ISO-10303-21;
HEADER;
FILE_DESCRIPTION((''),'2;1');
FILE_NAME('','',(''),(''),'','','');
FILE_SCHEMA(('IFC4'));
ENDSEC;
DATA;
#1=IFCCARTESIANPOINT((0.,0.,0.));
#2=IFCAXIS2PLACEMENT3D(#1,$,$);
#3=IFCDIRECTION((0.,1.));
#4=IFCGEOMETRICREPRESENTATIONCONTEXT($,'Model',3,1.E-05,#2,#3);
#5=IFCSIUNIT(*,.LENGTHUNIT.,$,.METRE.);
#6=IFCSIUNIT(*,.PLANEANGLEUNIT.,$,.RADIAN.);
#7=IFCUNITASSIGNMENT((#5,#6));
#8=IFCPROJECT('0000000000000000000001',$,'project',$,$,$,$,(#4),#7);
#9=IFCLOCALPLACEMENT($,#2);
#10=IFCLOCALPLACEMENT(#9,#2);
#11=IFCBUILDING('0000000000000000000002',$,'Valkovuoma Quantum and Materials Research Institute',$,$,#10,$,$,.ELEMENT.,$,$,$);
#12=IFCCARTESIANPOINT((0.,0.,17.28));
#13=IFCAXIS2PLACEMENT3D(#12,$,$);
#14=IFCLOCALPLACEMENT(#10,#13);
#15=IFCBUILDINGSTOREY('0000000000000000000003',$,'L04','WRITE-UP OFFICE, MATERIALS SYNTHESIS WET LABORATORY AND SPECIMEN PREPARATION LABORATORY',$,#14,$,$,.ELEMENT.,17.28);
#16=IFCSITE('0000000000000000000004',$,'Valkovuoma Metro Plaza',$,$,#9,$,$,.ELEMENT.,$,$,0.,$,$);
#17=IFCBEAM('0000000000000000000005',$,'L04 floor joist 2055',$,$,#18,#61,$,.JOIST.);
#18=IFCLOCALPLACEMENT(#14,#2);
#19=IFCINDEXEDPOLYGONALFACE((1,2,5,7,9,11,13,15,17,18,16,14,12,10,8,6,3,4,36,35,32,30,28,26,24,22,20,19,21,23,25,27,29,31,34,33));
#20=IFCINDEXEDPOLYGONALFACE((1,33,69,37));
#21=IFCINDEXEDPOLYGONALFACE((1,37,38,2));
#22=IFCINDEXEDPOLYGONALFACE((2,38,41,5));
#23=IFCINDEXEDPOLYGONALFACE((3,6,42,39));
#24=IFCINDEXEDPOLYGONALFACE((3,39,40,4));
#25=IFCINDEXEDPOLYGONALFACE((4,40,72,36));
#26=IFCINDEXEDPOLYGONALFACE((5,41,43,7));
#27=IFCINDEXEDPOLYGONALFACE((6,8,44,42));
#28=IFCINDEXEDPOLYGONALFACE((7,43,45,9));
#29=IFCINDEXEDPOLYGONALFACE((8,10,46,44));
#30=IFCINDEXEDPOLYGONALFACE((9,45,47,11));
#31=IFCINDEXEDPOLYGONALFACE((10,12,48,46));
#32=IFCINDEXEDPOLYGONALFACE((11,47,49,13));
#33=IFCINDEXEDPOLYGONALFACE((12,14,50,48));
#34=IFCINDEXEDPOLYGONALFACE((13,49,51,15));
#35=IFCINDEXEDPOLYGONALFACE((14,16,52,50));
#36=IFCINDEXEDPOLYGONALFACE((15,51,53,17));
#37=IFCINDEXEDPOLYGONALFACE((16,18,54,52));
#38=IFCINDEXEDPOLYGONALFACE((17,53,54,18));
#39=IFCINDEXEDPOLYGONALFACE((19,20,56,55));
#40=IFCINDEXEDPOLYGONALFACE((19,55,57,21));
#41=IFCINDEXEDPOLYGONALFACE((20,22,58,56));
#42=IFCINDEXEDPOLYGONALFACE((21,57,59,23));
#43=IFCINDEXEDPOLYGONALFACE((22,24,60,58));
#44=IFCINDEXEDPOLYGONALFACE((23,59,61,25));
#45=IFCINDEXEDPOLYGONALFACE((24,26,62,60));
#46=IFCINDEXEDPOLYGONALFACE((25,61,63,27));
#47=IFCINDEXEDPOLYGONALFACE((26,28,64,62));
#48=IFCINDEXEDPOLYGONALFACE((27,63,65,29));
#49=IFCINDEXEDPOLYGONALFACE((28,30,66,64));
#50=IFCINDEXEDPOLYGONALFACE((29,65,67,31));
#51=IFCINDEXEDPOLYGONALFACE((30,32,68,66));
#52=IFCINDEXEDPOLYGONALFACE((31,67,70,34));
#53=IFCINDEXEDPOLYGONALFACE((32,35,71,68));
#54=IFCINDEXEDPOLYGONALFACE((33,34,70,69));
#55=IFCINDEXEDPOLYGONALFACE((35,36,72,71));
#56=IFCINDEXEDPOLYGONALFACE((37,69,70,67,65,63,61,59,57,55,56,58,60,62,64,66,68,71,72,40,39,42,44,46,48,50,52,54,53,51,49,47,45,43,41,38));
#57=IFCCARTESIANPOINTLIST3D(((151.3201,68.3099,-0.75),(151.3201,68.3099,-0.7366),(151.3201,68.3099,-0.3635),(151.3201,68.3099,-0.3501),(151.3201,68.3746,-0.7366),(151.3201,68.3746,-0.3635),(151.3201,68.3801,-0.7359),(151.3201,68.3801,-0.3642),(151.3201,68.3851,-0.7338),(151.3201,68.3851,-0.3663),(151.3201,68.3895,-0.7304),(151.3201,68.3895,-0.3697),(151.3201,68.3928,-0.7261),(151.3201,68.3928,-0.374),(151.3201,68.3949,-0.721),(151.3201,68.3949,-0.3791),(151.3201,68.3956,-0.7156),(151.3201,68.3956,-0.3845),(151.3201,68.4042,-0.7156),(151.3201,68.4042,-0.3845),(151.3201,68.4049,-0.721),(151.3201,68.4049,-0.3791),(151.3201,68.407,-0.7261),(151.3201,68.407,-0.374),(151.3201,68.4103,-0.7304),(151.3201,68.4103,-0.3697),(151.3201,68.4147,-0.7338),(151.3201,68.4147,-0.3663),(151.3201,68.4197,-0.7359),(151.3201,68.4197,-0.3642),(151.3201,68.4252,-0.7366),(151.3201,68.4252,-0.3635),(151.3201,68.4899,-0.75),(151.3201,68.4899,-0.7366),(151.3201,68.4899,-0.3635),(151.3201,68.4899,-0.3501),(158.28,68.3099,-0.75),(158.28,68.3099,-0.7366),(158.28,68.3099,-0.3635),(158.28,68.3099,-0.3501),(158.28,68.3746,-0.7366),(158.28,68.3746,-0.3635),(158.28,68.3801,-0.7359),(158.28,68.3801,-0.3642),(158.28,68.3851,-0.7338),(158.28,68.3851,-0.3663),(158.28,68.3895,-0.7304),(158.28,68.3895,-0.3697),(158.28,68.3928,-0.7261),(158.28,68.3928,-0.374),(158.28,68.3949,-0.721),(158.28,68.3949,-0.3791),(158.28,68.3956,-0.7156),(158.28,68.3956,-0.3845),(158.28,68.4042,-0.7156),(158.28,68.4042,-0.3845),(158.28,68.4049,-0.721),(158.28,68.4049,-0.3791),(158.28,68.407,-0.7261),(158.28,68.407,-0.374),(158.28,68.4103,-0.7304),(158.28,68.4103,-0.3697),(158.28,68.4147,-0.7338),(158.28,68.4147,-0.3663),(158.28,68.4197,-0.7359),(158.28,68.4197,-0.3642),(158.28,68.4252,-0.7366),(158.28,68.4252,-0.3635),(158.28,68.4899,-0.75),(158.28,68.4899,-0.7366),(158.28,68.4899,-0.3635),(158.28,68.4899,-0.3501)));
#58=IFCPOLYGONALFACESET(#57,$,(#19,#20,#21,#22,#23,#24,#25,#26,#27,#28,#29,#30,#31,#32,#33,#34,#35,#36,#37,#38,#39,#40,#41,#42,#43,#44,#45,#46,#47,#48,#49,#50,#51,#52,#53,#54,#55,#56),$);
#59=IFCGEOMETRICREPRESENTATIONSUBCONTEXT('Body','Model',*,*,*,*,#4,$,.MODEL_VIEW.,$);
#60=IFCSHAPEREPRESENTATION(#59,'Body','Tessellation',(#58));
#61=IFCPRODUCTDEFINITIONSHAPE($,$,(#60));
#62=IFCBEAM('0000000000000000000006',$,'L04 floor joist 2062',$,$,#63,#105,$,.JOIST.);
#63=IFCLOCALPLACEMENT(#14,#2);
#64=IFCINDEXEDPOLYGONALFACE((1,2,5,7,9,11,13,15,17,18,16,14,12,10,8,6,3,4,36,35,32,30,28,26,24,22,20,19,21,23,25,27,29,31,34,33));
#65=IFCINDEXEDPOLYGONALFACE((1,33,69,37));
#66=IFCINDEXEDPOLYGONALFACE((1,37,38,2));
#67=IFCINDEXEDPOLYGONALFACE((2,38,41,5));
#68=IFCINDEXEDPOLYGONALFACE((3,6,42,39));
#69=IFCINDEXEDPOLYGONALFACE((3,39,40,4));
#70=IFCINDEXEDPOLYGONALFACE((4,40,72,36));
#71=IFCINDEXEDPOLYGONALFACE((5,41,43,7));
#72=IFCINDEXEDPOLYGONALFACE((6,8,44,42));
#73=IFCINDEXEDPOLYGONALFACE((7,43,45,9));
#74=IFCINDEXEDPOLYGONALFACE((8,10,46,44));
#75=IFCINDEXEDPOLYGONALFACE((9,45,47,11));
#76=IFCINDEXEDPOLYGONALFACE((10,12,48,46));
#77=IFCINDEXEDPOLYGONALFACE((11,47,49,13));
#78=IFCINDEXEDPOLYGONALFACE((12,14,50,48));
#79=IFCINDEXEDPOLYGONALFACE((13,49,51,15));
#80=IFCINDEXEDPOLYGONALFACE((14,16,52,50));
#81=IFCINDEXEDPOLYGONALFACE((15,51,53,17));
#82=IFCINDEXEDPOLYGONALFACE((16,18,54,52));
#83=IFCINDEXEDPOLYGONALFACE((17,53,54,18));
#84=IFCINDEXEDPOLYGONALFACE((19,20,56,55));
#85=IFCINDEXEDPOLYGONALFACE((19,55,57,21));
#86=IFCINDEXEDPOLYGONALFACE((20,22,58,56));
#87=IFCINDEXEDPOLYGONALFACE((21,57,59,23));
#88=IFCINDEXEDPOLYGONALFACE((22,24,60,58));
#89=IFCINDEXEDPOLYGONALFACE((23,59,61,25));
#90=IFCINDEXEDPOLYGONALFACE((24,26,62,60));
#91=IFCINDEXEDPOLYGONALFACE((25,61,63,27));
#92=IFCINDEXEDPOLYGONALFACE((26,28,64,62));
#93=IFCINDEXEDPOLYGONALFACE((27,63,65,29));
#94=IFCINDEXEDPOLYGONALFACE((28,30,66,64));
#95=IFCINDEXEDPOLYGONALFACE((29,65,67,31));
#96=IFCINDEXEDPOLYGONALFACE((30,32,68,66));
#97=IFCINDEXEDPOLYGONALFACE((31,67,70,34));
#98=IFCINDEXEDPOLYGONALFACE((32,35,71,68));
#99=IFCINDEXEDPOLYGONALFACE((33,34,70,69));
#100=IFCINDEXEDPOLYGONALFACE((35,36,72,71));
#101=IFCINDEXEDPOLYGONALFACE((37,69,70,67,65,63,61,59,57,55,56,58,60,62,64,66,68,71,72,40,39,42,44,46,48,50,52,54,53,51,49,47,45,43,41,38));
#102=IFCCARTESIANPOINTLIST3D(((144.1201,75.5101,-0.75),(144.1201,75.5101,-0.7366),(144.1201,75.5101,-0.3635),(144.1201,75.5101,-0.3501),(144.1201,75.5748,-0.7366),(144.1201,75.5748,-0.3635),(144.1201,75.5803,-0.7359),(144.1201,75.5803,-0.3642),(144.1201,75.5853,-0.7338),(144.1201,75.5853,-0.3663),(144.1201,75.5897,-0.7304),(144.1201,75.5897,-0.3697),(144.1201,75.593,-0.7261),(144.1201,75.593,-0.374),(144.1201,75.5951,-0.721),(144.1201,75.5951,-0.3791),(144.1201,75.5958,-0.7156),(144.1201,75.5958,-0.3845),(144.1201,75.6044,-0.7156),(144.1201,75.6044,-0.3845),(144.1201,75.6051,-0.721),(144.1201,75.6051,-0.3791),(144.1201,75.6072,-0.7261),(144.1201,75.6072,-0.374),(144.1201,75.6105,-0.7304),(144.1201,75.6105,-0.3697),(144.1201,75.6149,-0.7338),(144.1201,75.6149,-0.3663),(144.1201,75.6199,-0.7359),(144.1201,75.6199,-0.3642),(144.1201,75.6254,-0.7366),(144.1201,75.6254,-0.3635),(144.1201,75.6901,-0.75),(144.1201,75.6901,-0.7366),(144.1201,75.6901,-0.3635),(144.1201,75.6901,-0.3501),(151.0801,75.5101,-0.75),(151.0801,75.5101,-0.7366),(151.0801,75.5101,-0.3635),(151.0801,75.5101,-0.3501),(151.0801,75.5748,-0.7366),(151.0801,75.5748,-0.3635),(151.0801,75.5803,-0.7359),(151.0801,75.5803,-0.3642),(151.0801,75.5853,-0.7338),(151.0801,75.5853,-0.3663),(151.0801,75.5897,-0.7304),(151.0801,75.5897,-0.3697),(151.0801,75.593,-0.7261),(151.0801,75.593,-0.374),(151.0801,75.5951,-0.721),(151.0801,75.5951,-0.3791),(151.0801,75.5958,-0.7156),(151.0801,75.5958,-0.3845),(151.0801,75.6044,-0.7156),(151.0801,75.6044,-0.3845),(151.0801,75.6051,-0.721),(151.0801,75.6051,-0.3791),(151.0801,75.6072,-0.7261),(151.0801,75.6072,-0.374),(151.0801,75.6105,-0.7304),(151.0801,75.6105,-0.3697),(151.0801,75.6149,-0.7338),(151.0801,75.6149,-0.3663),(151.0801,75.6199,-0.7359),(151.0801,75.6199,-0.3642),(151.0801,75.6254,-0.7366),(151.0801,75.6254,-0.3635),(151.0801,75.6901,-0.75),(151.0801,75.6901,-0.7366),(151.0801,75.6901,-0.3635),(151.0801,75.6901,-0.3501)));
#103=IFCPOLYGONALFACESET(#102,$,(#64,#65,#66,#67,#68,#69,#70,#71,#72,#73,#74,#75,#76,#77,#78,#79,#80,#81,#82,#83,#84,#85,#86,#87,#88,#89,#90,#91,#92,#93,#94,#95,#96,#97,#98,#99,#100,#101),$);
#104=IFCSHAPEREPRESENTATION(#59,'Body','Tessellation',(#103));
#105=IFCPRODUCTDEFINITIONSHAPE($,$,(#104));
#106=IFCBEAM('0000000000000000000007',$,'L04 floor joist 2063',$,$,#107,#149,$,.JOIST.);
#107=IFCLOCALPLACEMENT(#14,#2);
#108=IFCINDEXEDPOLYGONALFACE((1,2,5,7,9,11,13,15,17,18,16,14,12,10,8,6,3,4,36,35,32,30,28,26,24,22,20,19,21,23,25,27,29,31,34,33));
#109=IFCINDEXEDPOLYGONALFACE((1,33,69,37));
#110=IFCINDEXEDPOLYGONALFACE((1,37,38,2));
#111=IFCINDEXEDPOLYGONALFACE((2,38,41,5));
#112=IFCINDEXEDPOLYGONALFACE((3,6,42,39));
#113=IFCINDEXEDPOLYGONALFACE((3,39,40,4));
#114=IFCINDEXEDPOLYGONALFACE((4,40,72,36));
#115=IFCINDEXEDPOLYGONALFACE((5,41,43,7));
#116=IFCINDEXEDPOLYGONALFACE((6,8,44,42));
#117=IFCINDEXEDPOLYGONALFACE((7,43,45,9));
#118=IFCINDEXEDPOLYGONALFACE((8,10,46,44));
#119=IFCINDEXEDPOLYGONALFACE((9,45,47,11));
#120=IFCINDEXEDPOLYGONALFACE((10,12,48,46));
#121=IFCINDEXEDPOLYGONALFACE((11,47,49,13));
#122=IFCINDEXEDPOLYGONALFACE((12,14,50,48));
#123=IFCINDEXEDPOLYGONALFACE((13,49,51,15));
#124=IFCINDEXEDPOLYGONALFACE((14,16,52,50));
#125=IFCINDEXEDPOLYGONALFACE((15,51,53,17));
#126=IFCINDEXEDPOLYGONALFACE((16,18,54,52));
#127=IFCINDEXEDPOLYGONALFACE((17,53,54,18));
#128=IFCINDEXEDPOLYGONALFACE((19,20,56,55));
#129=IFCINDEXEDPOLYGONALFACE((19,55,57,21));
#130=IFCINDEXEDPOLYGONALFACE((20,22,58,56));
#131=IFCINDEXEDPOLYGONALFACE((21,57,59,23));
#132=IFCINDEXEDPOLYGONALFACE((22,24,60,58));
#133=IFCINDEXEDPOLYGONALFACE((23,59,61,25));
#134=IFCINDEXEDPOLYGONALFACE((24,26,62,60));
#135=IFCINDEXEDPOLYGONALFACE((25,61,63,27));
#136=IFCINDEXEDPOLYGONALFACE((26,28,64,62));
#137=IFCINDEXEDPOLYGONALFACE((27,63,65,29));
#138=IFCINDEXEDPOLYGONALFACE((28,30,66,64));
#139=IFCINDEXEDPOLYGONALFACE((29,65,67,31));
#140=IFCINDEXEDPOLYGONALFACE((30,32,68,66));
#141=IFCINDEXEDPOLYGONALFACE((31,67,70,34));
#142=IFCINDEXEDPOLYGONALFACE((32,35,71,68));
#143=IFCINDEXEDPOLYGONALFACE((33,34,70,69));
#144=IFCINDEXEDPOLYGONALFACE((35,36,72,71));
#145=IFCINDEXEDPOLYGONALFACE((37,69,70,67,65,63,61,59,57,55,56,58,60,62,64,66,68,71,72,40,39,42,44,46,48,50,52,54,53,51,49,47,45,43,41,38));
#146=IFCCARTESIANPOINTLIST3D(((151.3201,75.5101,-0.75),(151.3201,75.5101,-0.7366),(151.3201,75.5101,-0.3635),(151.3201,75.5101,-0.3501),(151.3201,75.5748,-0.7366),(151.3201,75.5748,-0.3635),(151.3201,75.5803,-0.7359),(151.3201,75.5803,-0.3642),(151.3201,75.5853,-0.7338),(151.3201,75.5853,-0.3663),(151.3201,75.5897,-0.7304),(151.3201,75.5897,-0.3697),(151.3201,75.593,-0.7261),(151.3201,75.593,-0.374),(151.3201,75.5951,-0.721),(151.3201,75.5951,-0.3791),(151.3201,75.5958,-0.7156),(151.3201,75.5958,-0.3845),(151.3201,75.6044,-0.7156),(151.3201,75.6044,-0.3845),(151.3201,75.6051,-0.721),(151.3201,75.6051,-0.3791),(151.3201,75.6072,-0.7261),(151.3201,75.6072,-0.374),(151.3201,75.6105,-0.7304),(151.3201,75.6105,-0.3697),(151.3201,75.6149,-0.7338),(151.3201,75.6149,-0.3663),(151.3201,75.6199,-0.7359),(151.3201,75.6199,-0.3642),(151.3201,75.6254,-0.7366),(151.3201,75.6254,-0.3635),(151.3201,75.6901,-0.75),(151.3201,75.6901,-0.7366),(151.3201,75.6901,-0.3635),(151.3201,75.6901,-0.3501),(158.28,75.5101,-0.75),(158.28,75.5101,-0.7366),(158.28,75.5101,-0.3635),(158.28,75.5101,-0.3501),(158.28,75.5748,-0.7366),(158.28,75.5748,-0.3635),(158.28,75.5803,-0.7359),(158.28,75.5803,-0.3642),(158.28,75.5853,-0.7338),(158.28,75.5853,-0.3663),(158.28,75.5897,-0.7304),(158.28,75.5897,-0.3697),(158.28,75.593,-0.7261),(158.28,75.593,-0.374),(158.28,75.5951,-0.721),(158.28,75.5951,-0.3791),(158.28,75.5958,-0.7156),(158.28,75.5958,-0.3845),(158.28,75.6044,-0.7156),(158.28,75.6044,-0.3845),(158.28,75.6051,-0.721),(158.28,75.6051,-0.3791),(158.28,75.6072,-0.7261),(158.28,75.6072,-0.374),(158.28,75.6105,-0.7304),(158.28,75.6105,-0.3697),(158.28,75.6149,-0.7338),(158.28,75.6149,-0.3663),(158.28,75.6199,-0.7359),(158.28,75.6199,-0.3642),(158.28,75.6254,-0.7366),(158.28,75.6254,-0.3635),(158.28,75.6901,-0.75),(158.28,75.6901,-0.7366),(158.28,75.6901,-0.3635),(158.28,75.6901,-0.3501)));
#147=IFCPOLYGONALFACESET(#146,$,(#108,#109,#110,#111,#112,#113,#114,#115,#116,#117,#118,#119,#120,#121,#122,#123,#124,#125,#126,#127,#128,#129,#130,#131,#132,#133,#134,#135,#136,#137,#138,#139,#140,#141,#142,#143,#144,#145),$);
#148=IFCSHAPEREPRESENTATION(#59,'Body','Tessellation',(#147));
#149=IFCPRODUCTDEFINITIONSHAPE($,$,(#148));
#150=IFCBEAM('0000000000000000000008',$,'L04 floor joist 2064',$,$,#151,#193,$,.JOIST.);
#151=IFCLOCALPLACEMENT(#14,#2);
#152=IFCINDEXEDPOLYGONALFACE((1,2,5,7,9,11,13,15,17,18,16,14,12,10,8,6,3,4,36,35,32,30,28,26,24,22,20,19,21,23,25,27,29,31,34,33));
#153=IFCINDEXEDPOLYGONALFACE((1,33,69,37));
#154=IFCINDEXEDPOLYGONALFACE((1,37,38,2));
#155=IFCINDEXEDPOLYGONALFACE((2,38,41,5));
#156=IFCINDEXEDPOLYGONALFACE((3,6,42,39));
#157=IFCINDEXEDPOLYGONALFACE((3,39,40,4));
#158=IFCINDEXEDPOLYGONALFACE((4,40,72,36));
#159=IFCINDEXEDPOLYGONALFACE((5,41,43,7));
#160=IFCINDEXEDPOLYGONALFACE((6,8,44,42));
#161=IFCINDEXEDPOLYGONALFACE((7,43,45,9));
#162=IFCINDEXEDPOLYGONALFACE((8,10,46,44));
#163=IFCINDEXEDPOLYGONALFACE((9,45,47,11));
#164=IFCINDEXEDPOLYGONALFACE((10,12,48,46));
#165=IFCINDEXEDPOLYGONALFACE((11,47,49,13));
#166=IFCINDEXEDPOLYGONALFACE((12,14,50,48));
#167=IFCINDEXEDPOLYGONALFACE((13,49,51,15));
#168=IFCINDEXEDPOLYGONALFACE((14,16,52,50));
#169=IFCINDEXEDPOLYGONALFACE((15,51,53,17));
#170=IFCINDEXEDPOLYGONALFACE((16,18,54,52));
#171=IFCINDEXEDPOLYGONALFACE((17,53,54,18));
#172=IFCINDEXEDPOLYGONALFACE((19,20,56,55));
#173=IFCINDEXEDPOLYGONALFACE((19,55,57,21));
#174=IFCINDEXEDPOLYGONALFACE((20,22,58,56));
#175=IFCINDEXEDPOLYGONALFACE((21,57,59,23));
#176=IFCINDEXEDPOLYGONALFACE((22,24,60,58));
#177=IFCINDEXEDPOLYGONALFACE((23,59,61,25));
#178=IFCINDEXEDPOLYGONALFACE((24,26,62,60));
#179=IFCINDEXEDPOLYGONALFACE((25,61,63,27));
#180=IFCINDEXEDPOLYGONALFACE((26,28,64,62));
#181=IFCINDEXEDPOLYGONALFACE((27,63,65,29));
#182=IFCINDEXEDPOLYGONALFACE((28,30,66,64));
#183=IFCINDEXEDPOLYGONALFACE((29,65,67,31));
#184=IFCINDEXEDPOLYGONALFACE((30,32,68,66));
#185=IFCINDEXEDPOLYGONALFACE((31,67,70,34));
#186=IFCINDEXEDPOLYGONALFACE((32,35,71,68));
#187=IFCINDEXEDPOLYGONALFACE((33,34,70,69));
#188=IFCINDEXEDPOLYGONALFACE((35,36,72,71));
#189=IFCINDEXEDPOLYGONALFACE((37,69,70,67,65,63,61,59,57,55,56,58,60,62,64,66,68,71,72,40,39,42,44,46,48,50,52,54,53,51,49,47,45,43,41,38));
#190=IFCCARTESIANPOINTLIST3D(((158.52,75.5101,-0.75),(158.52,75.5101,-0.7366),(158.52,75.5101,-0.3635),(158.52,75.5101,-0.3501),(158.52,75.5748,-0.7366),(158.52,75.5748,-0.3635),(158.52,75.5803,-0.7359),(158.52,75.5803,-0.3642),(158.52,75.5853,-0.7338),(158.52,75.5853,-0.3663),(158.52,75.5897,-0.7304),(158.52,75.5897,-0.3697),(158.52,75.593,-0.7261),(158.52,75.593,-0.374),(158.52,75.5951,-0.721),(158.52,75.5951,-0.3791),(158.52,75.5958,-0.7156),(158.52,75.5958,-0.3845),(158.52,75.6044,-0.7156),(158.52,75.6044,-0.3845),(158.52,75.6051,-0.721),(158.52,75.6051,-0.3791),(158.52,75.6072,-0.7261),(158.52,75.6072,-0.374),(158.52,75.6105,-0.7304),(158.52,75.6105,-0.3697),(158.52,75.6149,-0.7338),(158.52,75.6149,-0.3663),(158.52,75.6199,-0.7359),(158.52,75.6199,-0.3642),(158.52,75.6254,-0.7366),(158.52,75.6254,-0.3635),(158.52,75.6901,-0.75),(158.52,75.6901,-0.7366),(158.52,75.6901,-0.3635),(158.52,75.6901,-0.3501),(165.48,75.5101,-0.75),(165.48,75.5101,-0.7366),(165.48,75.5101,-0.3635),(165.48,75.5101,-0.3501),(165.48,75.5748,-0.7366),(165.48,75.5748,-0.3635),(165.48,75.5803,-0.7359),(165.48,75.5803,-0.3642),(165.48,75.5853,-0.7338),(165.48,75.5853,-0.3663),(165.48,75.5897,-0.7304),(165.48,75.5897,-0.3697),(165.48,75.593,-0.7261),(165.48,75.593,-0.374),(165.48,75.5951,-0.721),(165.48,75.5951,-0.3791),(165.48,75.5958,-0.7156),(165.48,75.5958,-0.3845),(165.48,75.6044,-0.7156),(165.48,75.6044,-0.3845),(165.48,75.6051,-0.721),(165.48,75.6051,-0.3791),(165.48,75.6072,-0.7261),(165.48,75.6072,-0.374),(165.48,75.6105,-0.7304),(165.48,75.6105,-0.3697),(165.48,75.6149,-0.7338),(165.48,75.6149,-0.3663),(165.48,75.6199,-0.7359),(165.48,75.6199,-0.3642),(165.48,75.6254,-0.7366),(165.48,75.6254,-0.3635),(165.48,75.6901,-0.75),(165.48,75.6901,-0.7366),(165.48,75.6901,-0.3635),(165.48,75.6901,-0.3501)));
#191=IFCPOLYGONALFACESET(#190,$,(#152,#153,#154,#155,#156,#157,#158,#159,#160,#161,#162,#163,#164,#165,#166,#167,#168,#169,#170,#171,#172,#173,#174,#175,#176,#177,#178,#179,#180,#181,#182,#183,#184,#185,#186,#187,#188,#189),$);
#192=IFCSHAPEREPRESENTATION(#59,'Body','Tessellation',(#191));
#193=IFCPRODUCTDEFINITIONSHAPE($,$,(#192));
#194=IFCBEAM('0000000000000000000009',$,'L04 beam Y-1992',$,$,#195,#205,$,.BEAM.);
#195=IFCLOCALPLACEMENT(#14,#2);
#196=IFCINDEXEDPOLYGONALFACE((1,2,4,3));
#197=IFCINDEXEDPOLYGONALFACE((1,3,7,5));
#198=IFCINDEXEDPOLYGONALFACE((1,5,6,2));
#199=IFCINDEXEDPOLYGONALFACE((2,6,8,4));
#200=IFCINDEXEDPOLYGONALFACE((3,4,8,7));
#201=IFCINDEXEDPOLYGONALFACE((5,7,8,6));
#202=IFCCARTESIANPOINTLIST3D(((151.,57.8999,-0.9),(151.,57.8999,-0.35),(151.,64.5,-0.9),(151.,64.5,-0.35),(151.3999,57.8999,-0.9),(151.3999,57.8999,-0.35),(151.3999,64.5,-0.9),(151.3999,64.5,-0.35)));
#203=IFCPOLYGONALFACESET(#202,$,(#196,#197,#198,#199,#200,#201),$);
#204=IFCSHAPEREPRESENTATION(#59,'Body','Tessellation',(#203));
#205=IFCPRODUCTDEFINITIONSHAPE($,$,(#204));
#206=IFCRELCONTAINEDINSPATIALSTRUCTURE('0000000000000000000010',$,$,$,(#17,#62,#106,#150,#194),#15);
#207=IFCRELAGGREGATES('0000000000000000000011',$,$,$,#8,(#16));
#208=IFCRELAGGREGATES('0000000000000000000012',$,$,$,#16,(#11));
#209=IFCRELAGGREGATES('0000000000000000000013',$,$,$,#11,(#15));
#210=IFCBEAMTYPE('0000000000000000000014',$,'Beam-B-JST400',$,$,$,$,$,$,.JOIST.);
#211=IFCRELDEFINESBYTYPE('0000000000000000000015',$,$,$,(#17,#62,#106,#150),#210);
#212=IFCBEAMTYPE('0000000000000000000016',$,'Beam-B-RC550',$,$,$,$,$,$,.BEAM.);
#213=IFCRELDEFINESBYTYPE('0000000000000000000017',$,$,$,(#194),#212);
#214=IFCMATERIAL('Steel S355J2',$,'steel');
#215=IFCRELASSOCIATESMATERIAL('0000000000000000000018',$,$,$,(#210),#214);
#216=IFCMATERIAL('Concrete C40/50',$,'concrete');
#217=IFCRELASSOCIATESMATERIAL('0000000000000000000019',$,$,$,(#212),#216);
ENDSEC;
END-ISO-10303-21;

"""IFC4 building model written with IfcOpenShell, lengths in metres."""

from ifc_helpers import new_model, si_unit, direction, frame, origin, origin_2d, place, context, subcontext, project, spatial, rectangle, i_section, extrude, material, material_profile, profile_set, type_object, element, save


model = new_model("IFC4")

# Units and contexts
model_context = context("Model", 3, precision=1e-05, world=origin(), true_north=direction((0.0, 1.0)))
body_context = subcontext(model_context, "Body", "Model", "MODEL_VIEW")
ifc_project = project(units=[si_unit("LENGTHUNIT", "METRE"), si_unit("PLANEANGLEUNIT", "RADIAN")], contexts=[model_context])

# Site, building, storey
site_placement = place(None, origin())
site = spatial("IfcSite", under=ifc_project, at=site_placement, Name="Valkovuoma Metro Plaza", CompositionType="ELEMENT", RefElevation=0.0)
building_placement = place(site_placement, origin())
building = spatial("IfcBuilding", under=site, at=building_placement, Name="Valkovuoma Quantum and Materials Research Institute", CompositionType="ELEMENT")
storey_placement = place(building_placement, frame((0.0, 0.0, 17.28)))
storey = spatial("IfcBuildingStorey", under=building, at=storey_placement, Name="L04", Description="WRITE-UP OFFICE, MATERIALS SYNTHESIS WET LABORATORY AND SPECIMEN PREPARATION LABORATORY", CompositionType="ELEMENT", Elevation=17.28)

# Beams
ifc_material_1 = material(Name="Steel S355J2", Category="steel")
ifc_material_profile_1 = material_profile(ifc_material_1, i_section(OverallWidth=0.1799, OverallDepth=0.3999, WebThickness=0.0085, FlangeThickness=0.0134, FilletRadius=0.021, at=origin_2d()), Name="Steel S355J2")
ifc_profile_set_1 = profile_set([ifc_material_profile_1], Name="Steel S355J2")
beam_type_1 = type_object("IfcBeamType", Name="Beam-B-JST400", PredefinedType="JOIST", material=ifc_profile_set_1)
for number, where, z_axis, x_axis, name in (
    (1, (151.3201, 68.3999, -0.55), (1.0, 0.0, 0.0), (0.0, 1.0, 0.0), "L04 floor joist 2055"),
    (2, (144.1201, 75.6001, -0.55), (1.0, 0.0, 0.0), (0.0, 1.0, 0.0), "L04 floor joist 2062"),
    (3, (151.3201, 75.6001, -0.55), (1.0, 0.0, 0.0), (0.0, 1.0, 0.0), "L04 floor joist 2063"),
    (4, (158.52, 75.6001, -0.55), (1.0, 0.0, 0.0), (0.0, 1.0, 0.0), "L04 floor joist 2064"),
):
    element("IfcBeam", number, at=place(storey_placement, frame(where, z_axis=z_axis, x_axis=x_axis)), inside=storey, type_object=beam_type_1, Name=name, PredefinedType="JOIST", context=body_context, shape_type="SweptSolid", body=[
        extrude(i_section(OverallWidth=0.1799, OverallDepth=0.3999, WebThickness=0.0085, FlangeThickness=0.0134, FilletRadius=0.021, at=origin_2d()), origin(), (0.0, 0.0, 1.0), 6.96),
    ])
ifc_material_2 = material(Name="Concrete C40/50", Category="concrete")
ifc_material_profile_2 = material_profile(ifc_material_2, rectangle(XDim=0.3999, YDim=0.55, at=origin_2d()), Name="Concrete C40/50")
ifc_profile_set_2 = profile_set([ifc_material_profile_2], Name="Concrete C40/50")
beam_type_2 = type_object("IfcBeamType", Name="Beam-B-RC550", PredefinedType="BEAM", material=ifc_profile_set_2)
beam_1_placement = place(storey_placement, frame((151.2, 57.8999, -0.625), z_axis=(0.0, 1.0, 0.0), x_axis=(-1.0, 0.0, 0.0)))
element("IfcBeam", 5, at=beam_1_placement, inside=storey, type_object=beam_type_2, Name="L04 beam Y-1992", PredefinedType="BEAM", context=body_context, shape_type="SweptSolid", body=[
    extrude(rectangle(XDim=0.3999, YDim=0.55, at=origin_2d()), origin(), (0.0, 0.0, 1.0), 6.6001),
])

save(model, "model.ifc")
